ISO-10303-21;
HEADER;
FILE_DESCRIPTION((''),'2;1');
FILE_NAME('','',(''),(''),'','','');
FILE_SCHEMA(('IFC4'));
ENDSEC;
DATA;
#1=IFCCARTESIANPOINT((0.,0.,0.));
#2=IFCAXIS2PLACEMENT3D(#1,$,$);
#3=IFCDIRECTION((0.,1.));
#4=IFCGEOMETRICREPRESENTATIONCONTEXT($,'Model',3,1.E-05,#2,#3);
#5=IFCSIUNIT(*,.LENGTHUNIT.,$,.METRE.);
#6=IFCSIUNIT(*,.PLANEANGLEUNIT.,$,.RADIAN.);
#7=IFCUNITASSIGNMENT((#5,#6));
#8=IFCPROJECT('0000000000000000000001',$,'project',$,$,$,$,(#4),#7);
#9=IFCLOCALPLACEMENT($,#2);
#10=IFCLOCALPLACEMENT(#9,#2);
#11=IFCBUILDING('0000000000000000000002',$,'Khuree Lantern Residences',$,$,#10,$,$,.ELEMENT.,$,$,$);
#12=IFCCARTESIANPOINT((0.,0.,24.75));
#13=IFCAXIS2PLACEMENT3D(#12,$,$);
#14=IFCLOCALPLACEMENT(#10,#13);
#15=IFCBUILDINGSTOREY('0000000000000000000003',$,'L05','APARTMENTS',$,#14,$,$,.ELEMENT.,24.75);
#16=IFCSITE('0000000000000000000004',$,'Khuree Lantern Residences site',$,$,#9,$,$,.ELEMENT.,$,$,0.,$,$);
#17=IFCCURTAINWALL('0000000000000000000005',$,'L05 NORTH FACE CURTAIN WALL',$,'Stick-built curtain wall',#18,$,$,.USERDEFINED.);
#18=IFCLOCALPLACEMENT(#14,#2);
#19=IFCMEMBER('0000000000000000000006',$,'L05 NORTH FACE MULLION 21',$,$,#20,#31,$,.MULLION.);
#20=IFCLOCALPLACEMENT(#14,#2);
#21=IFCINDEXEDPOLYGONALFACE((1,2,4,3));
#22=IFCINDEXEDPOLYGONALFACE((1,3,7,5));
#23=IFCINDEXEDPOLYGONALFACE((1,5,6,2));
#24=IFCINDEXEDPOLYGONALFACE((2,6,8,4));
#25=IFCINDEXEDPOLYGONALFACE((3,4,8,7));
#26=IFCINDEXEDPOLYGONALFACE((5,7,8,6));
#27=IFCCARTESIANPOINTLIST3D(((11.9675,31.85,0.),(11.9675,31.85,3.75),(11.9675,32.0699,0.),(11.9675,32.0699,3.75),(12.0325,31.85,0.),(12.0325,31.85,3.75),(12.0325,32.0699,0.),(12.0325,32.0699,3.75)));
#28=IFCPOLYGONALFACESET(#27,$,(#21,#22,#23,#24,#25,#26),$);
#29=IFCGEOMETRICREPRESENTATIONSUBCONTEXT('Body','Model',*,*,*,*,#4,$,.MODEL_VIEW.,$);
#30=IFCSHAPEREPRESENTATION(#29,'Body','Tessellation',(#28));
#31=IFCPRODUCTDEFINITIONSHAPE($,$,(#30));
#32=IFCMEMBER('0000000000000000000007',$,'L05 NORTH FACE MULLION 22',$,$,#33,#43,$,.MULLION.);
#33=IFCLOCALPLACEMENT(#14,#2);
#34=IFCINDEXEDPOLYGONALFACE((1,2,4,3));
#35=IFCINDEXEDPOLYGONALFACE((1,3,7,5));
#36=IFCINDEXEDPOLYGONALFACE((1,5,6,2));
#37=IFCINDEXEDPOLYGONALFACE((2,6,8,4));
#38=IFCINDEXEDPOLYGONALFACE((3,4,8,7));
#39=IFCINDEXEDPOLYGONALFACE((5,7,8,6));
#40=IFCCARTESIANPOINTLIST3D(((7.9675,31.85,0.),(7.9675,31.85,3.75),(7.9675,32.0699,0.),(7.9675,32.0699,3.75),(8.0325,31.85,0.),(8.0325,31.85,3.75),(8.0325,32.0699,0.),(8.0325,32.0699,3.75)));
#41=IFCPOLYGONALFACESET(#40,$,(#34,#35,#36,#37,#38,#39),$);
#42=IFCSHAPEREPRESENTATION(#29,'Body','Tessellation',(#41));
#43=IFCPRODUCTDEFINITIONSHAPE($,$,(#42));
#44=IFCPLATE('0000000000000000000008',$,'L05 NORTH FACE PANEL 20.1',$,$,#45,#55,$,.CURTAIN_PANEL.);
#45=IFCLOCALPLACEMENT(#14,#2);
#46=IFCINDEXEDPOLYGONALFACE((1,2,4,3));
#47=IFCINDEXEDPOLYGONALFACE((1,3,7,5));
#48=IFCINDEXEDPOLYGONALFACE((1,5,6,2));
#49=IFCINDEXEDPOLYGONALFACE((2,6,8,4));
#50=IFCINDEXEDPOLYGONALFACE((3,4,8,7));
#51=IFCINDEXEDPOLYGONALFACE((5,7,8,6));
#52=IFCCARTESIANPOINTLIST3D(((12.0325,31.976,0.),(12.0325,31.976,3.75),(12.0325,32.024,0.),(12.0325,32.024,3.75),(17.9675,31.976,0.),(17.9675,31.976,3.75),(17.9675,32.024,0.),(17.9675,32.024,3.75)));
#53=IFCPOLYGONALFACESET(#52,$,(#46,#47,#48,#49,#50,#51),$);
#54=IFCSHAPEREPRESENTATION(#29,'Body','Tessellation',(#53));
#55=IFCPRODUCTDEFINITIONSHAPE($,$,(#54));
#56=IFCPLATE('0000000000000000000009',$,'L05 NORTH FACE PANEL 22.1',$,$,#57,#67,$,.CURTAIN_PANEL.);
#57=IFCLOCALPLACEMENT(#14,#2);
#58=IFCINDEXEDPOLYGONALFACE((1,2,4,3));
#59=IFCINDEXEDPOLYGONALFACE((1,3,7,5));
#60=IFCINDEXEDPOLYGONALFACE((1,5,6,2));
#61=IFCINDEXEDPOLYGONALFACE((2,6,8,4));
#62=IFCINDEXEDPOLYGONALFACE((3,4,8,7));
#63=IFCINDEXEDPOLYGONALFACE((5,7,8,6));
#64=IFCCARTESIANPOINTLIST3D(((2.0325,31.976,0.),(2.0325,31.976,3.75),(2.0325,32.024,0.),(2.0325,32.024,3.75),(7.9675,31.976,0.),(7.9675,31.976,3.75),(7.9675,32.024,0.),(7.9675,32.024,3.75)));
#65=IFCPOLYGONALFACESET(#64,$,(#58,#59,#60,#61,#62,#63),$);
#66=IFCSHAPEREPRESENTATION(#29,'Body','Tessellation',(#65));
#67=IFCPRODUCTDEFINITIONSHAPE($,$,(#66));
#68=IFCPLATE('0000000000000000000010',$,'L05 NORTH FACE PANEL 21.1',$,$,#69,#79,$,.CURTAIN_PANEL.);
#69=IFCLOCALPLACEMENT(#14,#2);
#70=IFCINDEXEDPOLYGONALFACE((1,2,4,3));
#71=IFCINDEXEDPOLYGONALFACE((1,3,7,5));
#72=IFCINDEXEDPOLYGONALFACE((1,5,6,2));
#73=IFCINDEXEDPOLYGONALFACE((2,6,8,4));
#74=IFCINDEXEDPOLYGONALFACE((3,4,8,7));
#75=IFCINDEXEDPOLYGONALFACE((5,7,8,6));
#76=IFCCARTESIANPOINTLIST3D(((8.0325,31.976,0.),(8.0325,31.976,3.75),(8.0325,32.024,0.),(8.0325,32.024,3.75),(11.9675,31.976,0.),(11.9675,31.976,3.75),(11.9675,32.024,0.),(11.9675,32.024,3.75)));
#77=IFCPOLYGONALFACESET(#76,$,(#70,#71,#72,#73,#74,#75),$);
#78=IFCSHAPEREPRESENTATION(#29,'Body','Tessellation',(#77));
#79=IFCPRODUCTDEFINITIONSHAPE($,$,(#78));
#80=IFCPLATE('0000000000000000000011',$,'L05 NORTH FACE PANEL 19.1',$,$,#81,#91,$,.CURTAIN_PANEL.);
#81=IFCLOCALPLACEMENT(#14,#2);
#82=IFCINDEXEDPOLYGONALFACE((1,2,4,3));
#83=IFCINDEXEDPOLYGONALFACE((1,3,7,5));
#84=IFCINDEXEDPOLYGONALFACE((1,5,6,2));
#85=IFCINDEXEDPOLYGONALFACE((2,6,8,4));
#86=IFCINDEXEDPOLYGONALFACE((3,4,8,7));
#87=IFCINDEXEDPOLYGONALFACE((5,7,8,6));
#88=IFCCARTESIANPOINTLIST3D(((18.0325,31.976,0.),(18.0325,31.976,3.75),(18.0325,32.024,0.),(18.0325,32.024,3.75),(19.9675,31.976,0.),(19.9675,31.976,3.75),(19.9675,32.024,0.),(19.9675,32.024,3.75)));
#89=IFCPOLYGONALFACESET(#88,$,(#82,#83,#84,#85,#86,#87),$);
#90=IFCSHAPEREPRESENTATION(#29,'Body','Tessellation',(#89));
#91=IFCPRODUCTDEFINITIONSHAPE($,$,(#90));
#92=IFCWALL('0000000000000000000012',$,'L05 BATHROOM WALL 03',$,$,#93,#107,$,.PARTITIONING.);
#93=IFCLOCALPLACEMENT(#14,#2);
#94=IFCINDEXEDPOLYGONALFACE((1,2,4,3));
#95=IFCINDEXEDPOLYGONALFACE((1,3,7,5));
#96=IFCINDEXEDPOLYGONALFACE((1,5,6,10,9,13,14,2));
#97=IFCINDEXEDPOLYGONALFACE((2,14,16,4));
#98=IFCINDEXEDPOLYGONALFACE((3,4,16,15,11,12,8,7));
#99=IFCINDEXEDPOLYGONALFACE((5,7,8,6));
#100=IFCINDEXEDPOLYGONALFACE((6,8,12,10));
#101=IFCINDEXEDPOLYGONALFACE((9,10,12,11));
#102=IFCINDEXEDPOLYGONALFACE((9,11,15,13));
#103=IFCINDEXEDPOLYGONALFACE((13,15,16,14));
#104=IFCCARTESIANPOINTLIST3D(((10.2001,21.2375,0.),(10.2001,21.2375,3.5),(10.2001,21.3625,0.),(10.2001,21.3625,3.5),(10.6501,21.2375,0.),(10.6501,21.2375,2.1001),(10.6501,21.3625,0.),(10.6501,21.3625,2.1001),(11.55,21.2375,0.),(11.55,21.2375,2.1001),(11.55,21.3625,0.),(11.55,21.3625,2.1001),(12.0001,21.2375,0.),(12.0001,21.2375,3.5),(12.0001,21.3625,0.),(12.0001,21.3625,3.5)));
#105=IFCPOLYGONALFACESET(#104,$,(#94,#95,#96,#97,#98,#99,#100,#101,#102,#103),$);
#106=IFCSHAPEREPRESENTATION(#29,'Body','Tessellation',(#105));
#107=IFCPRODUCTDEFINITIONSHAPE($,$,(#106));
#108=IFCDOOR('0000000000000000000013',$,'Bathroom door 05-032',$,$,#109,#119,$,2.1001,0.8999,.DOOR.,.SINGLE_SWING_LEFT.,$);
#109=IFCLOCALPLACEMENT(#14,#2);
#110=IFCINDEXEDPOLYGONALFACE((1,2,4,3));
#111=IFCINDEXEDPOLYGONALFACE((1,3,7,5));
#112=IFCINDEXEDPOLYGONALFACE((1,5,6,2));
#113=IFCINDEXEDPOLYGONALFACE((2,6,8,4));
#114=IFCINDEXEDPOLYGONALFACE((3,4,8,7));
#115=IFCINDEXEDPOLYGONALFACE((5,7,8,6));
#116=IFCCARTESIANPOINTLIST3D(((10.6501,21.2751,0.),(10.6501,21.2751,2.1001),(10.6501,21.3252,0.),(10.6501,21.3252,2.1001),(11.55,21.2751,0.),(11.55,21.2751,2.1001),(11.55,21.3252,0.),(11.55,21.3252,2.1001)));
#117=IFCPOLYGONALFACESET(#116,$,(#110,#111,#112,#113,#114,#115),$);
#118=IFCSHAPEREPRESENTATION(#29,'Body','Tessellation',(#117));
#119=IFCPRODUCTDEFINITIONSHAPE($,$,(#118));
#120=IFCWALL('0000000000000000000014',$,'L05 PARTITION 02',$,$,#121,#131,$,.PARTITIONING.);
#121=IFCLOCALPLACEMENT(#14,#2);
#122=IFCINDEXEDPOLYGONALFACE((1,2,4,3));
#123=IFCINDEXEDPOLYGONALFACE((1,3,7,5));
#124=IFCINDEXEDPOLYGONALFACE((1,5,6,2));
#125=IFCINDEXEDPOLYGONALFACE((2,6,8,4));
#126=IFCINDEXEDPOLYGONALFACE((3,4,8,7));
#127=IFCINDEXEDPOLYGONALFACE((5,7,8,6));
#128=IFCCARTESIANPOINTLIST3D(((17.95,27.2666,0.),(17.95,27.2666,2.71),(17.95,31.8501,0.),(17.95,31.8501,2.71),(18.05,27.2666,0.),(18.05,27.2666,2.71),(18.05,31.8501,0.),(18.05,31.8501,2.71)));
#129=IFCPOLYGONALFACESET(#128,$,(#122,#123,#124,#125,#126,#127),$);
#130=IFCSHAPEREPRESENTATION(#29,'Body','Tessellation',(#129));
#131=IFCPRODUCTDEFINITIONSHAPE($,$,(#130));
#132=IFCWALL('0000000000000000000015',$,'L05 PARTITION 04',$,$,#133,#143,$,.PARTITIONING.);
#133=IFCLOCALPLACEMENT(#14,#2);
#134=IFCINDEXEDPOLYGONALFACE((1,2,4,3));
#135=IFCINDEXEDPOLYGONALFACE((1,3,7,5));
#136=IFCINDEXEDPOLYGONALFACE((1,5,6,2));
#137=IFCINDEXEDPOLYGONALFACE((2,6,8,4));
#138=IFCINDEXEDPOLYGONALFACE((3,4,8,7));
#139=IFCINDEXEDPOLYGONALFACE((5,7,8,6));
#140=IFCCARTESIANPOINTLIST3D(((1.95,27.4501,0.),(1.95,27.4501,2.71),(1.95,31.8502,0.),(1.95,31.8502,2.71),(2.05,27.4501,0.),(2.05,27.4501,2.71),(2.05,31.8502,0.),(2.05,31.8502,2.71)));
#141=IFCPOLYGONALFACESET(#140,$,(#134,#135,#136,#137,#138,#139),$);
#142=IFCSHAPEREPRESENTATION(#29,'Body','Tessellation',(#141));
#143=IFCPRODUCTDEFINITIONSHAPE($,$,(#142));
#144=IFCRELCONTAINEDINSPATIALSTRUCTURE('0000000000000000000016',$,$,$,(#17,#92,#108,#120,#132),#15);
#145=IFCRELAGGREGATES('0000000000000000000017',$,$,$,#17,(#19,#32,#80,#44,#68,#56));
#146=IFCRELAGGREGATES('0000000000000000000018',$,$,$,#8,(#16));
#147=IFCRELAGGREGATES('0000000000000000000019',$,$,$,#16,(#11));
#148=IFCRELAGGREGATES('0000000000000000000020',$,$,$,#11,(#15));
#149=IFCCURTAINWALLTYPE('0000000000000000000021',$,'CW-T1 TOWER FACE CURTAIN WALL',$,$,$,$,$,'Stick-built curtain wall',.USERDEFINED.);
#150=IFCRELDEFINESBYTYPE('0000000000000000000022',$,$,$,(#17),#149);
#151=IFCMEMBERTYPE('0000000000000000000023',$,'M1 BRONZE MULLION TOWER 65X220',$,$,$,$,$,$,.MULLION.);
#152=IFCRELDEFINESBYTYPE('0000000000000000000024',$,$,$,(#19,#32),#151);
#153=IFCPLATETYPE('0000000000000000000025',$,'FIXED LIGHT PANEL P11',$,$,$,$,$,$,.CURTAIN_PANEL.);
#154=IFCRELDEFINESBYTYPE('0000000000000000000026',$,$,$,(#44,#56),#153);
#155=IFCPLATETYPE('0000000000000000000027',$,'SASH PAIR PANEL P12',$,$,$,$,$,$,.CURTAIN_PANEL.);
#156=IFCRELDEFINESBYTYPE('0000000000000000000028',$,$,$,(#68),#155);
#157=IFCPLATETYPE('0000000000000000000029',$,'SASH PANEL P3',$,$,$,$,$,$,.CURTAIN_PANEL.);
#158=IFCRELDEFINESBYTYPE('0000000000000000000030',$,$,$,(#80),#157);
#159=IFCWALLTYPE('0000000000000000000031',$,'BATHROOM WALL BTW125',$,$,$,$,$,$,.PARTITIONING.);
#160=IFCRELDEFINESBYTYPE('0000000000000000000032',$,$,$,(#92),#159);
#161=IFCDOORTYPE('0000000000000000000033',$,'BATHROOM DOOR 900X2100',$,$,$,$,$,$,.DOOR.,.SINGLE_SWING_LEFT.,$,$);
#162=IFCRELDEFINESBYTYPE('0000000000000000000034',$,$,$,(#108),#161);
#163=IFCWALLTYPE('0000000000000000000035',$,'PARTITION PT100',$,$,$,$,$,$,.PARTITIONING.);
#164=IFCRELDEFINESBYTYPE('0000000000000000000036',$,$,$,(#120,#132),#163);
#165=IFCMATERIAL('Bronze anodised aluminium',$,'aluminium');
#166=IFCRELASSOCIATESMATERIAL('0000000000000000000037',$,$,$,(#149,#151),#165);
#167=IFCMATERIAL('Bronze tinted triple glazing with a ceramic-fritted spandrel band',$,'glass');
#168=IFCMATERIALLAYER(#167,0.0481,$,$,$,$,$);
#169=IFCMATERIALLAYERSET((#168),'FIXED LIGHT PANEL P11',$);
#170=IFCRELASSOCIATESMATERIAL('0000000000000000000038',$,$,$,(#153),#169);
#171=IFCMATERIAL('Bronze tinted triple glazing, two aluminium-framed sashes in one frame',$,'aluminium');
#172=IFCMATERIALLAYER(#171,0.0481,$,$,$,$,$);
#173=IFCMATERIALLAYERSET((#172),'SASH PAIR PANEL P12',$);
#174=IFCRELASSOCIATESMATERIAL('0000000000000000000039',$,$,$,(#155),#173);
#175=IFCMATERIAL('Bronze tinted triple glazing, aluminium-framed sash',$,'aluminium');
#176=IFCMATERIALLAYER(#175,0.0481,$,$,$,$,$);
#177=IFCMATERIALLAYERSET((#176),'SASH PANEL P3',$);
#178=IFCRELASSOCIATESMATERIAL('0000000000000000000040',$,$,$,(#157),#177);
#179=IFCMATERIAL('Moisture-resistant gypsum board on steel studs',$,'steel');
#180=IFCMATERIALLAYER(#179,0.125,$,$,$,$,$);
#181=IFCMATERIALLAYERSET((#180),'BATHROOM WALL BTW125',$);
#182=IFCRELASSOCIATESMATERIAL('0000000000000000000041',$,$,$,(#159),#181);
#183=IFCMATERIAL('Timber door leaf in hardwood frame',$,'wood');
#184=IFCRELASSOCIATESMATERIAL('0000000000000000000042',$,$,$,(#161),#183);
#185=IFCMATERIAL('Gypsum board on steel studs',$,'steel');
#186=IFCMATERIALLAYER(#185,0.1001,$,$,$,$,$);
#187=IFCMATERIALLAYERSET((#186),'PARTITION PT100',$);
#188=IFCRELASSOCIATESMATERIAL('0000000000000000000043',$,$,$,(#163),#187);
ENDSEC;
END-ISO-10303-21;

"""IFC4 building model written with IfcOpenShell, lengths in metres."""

from ifc_helpers import new_model, si_unit, direction, frame, frame_2d, origin, origin_2d, place, context, subcontext, project, spatial, rectangle, extrude, material, layer, layer_set, material_profile, profile_set, type_object, element, fill, aggregate, save


model = new_model("IFC4")

# Units and contexts
model_context = context("Model", 3, precision=1e-05, world=origin(), true_north=direction((0.0, 1.0)))
body_context = subcontext(model_context, "Body", "Model", "MODEL_VIEW")
ifc_project = project(units=[si_unit("LENGTHUNIT", "METRE"), si_unit("PLANEANGLEUNIT", "RADIAN")], contexts=[model_context])

# Site, building, storey
site_placement = place(None, origin())
site = spatial("IfcSite", under=ifc_project, at=site_placement, Name="Khuree Lantern Residences site", CompositionType="ELEMENT", RefElevation=0.0)
building_placement = place(site_placement, origin())
building = spatial("IfcBuilding", under=site, at=building_placement, Name="Khuree Lantern Residences", CompositionType="ELEMENT")
storey_placement = place(building_placement, frame((0.0, 0.0, 24.75)))
storey = spatial("IfcBuildingStorey", under=building, at=storey_placement, Name="L05", Description="APARTMENTS", CompositionType="ELEMENT", Elevation=24.75)

# Curtain wall
ifc_material_1 = material(Name="Bronze anodised aluminium", Category="aluminium")
curtain_wall_type = type_object("IfcCurtainWallType", Name="CW-T1 TOWER FACE CURTAIN WALL", ElementType="Stick-built curtain wall", PredefinedType="USERDEFINED", material=ifc_material_1)
curtain_wall_placement = place(storey_placement, origin())
curtain_wall = element("IfcCurtainWall", 1, at=curtain_wall_placement, inside=storey, type_object=curtain_wall_type, Name="L05 NORTH FACE CURTAIN WALL", ObjectType="Stick-built curtain wall", PredefinedType="USERDEFINED")

# Members
ifc_material_profile_1 = material_profile(ifc_material_1, rectangle(XDim=0.0649, YDim=0.22, at=origin_2d()), Name="M1 65X220")
ifc_profile_set_1 = profile_set([ifc_material_profile_1], Name="Bronze anodised aluminium")
member_type_1 = type_object("IfcMemberType", Name="M1 BRONZE MULLION TOWER 65X220", PredefinedType="MULLION", material=ifc_profile_set_1)
member_1_placement = place(storey_placement, frame((12.0, 31.96, 0.0), z_axis=(0.0, 0.0, 1.0), x_axis=(-1.0, 0.0, 0.0)))
member_1 = element("IfcMember", 2, at=member_1_placement, type_object=member_type_1, Name="L05 NORTH FACE MULLION 21", PredefinedType="MULLION", context=body_context, shape_type="SweptSolid", body=[
    extrude(rectangle(XDim=0.0649, YDim=0.22, at=origin_2d()), origin(), (0.0, 0.0, 1.0), 3.75),
])
member_2_placement = place(storey_placement, frame((8.0, 31.96, 0.0), z_axis=(0.0, 0.0, 1.0), x_axis=(-1.0, 0.0, 0.0)))
member_2 = element("IfcMember", 3, at=member_2_placement, type_object=member_type_1, Name="L05 NORTH FACE MULLION 22", PredefinedType="MULLION", context=body_context, shape_type="SweptSolid", body=[
    extrude(rectangle(XDim=0.0649, YDim=0.22, at=origin_2d()), origin(), (0.0, 0.0, 1.0), 3.75),
])

# Plates
ifc_material_2 = material(Name="Bronze tinted triple glazing with a ceramic-fritted spandrel band", Category="glass")
ifc_layer_1 = layer(ifc_material_2, 0.0481)
ifc_layer_set_1 = layer_set([ifc_layer_1], Name="FIXED LIGHT PANEL P11")
plate_type_1 = type_object("IfcPlateType", Name="FIXED LIGHT PANEL P11", PredefinedType="CURTAIN_PANEL", material=ifc_layer_set_1)
plate_1_placement = place(storey_placement, frame((15.0, 32.0, 0.0), z_axis=(0.0, 0.0, 1.0), x_axis=(-1.0, 0.0, 0.0)))
plate_1 = element("IfcPlate", 4, at=plate_1_placement, type_object=plate_type_1, Name="L05 NORTH FACE PANEL 20.1", PredefinedType="CURTAIN_PANEL", context=body_context, shape_type="SweptSolid", body=[
    extrude(rectangle(XDim=5.9351, YDim=0.0481, at=origin_2d()), origin(), (0.0, 0.0, 1.0), 3.75),
])
plate_2_placement = place(storey_placement, frame((5.0, 32.0, 0.0), z_axis=(0.0, 0.0, 1.0), x_axis=(-1.0, 0.0, 0.0)))
plate_2 = element("IfcPlate", 5, at=plate_2_placement, type_object=plate_type_1, Name="L05 NORTH FACE PANEL 22.1", PredefinedType="CURTAIN_PANEL", context=body_context, shape_type="SweptSolid", body=[
    extrude(rectangle(XDim=5.9351, YDim=0.0481, at=origin_2d()), origin(), (0.0, 0.0, 1.0), 3.75),
])
ifc_material_3 = material(Name="Bronze tinted triple glazing, two aluminium-framed sashes in one frame", Category="aluminium")
ifc_layer_2 = layer(ifc_material_3, 0.0481)
ifc_layer_set_2 = layer_set([ifc_layer_2], Name="SASH PAIR PANEL P12")
plate_type_2 = type_object("IfcPlateType", Name="SASH PAIR PANEL P12", PredefinedType="CURTAIN_PANEL", material=ifc_layer_set_2)
plate_3_placement = place(storey_placement, frame((10.0, 32.0, 0.0), z_axis=(0.0, 0.0, 1.0), x_axis=(-1.0, 0.0, 0.0)))
plate_3 = element("IfcPlate", 6, at=plate_3_placement, type_object=plate_type_2, Name="L05 NORTH FACE PANEL 21.1", PredefinedType="CURTAIN_PANEL", context=body_context, shape_type="SweptSolid", body=[
    extrude(rectangle(XDim=3.9351, YDim=0.0481, at=origin_2d()), origin(), (0.0, 0.0, 1.0), 3.75),
])
ifc_material_4 = material(Name="Bronze tinted triple glazing, aluminium-framed sash", Category="aluminium")
ifc_layer_3 = layer(ifc_material_4, 0.0481)
ifc_layer_set_3 = layer_set([ifc_layer_3], Name="SASH PANEL P3")
plate_type_3 = type_object("IfcPlateType", Name="SASH PANEL P3", PredefinedType="CURTAIN_PANEL", material=ifc_layer_set_3)
plate_4_placement = place(storey_placement, frame((19.0, 32.0, 0.0), z_axis=(0.0, 0.0, 1.0), x_axis=(-1.0, 0.0, 0.0)))
plate_4 = element("IfcPlate", 7, at=plate_4_placement, type_object=plate_type_3, Name="L05 NORTH FACE PANEL 19.1", PredefinedType="CURTAIN_PANEL", context=body_context, shape_type="SweptSolid", body=[
    extrude(rectangle(XDim=1.9351, YDim=0.0481, at=origin_2d()), origin(), (0.0, 0.0, 1.0), 3.75),
])
aggregate(curtain_wall, [member_1, member_2, plate_4, plate_1, plate_3, plate_2])

# Wall, opening, door
ifc_material_5 = material(Name="Moisture-resistant gypsum board on steel studs", Category="steel")
ifc_layer_4 = layer(ifc_material_5, 0.125)
ifc_layer_set_4 = layer_set([ifc_layer_4], Name="BATHROOM WALL BTW125")
wall_type_1 = type_object("IfcWallType", Name="BATHROOM WALL BTW125", PredefinedType="PARTITIONING", material=ifc_layer_set_4)
wall_1_placement = place(storey_placement, frame((12.0, 21.3, 0.0), z_axis=(0.0, 0.0, 1.0), x_axis=(-1.0, 0.0, 0.0)))
wall_1 = element("IfcWall", 8, at=wall_1_placement, inside=storey, type_object=wall_type_1, Name="L05 BATHROOM WALL 03", PredefinedType="PARTITIONING", context=body_context, shape_type="SweptSolid", body=[
    extrude(rectangle(XDim=1.8, YDim=0.125, at=frame_2d((0.8999, 0.0))), origin(), (0.0, 0.0, 1.0), 3.5),
])
opening_1_placement = place(wall_1_placement, frame((0.45, 0.0, 0.0)))
opening_1 = element("IfcOpeningElement", 9, at=opening_1_placement, cuts=wall_1, PredefinedType="OPENING", context=body_context, shape_type="SweptSolid", body=[
    extrude(rectangle(XDim=0.8999, YDim=2.1001, at=frame_2d((0.45, 1.05))), frame((0.0, 0.0725, 0.0), z_axis=(0.0, -1.0, 0.0), x_axis=(1.0, 0.0, 0.0)), (0.0, 0.0, 1.0), 0.145),
])
ifc_material_6 = material(Name="Timber door leaf in hardwood frame", Category="wood")
door_type_1 = type_object("IfcDoorType", Name="BATHROOM DOOR 900X2100", OperationType="SINGLE_SWING_LEFT", PredefinedType="DOOR", material=ifc_material_6)
door_1_placement = place(opening_1_placement, origin())
door_1 = element("IfcDoor", 10, at=door_1_placement, inside=storey, type_object=door_type_1, Name="Bathroom door 05-032", OperationType="SINGLE_SWING_LEFT", OverallHeight=2.1001, OverallWidth=0.8999, PredefinedType="DOOR", context=body_context, shape_type="SweptSolid", body=[
    extrude(rectangle(XDim=0.8999, YDim=2.1001, at=frame_2d((0.45, 1.05))), frame((0.0, 0.0249, 0.0), z_axis=(0.0, -1.0, 0.0), x_axis=(1.0, 0.0, 0.0)), (0.0, 0.0, 1.0), 0.05),
])
fill(opening_1, door_1)

# Walls
ifc_material_7 = material(Name="Gypsum board on steel studs", Category="steel")
ifc_layer_5 = layer(ifc_material_7, 0.1001)
ifc_layer_set_5 = layer_set([ifc_layer_5], Name="PARTITION PT100")
wall_type_2 = type_object("IfcWallType", Name="PARTITION PT100", PredefinedType="PARTITIONING", material=ifc_layer_set_5)
wall_2_placement = place(storey_placement, frame((18.0, 27.2666, 0.0), z_axis=(0.0, 0.0, 1.0), x_axis=(0.0, 1.0, 0.0)))
element("IfcWall", 11, at=wall_2_placement, inside=storey, type_object=wall_type_2, Name="L05 PARTITION 02", PredefinedType="PARTITIONING", context=body_context, shape_type="SweptSolid", body=[
    extrude(rectangle(XDim=4.5835, YDim=0.1001, at=frame_2d((2.2917, 0.0))), origin(), (0.0, 0.0, 1.0), 2.71),
])
wall_3_placement = place(storey_placement, frame((2.0, 27.45, 0.0), z_axis=(0.0, 0.0, 1.0), x_axis=(0.0, 1.0, 0.0)))
element("IfcWall", 12, at=wall_3_placement, inside=storey, type_object=wall_type_2, Name="L05 PARTITION 04", PredefinedType="PARTITIONING", context=body_context, shape_type="SweptSolid", body=[
    extrude(rectangle(XDim=4.4001, YDim=0.1001, at=frame_2d((2.2002, 0.0))), origin(), (0.0, 0.0, 1.0), 2.71),
])

save(model, "model.ifc")
